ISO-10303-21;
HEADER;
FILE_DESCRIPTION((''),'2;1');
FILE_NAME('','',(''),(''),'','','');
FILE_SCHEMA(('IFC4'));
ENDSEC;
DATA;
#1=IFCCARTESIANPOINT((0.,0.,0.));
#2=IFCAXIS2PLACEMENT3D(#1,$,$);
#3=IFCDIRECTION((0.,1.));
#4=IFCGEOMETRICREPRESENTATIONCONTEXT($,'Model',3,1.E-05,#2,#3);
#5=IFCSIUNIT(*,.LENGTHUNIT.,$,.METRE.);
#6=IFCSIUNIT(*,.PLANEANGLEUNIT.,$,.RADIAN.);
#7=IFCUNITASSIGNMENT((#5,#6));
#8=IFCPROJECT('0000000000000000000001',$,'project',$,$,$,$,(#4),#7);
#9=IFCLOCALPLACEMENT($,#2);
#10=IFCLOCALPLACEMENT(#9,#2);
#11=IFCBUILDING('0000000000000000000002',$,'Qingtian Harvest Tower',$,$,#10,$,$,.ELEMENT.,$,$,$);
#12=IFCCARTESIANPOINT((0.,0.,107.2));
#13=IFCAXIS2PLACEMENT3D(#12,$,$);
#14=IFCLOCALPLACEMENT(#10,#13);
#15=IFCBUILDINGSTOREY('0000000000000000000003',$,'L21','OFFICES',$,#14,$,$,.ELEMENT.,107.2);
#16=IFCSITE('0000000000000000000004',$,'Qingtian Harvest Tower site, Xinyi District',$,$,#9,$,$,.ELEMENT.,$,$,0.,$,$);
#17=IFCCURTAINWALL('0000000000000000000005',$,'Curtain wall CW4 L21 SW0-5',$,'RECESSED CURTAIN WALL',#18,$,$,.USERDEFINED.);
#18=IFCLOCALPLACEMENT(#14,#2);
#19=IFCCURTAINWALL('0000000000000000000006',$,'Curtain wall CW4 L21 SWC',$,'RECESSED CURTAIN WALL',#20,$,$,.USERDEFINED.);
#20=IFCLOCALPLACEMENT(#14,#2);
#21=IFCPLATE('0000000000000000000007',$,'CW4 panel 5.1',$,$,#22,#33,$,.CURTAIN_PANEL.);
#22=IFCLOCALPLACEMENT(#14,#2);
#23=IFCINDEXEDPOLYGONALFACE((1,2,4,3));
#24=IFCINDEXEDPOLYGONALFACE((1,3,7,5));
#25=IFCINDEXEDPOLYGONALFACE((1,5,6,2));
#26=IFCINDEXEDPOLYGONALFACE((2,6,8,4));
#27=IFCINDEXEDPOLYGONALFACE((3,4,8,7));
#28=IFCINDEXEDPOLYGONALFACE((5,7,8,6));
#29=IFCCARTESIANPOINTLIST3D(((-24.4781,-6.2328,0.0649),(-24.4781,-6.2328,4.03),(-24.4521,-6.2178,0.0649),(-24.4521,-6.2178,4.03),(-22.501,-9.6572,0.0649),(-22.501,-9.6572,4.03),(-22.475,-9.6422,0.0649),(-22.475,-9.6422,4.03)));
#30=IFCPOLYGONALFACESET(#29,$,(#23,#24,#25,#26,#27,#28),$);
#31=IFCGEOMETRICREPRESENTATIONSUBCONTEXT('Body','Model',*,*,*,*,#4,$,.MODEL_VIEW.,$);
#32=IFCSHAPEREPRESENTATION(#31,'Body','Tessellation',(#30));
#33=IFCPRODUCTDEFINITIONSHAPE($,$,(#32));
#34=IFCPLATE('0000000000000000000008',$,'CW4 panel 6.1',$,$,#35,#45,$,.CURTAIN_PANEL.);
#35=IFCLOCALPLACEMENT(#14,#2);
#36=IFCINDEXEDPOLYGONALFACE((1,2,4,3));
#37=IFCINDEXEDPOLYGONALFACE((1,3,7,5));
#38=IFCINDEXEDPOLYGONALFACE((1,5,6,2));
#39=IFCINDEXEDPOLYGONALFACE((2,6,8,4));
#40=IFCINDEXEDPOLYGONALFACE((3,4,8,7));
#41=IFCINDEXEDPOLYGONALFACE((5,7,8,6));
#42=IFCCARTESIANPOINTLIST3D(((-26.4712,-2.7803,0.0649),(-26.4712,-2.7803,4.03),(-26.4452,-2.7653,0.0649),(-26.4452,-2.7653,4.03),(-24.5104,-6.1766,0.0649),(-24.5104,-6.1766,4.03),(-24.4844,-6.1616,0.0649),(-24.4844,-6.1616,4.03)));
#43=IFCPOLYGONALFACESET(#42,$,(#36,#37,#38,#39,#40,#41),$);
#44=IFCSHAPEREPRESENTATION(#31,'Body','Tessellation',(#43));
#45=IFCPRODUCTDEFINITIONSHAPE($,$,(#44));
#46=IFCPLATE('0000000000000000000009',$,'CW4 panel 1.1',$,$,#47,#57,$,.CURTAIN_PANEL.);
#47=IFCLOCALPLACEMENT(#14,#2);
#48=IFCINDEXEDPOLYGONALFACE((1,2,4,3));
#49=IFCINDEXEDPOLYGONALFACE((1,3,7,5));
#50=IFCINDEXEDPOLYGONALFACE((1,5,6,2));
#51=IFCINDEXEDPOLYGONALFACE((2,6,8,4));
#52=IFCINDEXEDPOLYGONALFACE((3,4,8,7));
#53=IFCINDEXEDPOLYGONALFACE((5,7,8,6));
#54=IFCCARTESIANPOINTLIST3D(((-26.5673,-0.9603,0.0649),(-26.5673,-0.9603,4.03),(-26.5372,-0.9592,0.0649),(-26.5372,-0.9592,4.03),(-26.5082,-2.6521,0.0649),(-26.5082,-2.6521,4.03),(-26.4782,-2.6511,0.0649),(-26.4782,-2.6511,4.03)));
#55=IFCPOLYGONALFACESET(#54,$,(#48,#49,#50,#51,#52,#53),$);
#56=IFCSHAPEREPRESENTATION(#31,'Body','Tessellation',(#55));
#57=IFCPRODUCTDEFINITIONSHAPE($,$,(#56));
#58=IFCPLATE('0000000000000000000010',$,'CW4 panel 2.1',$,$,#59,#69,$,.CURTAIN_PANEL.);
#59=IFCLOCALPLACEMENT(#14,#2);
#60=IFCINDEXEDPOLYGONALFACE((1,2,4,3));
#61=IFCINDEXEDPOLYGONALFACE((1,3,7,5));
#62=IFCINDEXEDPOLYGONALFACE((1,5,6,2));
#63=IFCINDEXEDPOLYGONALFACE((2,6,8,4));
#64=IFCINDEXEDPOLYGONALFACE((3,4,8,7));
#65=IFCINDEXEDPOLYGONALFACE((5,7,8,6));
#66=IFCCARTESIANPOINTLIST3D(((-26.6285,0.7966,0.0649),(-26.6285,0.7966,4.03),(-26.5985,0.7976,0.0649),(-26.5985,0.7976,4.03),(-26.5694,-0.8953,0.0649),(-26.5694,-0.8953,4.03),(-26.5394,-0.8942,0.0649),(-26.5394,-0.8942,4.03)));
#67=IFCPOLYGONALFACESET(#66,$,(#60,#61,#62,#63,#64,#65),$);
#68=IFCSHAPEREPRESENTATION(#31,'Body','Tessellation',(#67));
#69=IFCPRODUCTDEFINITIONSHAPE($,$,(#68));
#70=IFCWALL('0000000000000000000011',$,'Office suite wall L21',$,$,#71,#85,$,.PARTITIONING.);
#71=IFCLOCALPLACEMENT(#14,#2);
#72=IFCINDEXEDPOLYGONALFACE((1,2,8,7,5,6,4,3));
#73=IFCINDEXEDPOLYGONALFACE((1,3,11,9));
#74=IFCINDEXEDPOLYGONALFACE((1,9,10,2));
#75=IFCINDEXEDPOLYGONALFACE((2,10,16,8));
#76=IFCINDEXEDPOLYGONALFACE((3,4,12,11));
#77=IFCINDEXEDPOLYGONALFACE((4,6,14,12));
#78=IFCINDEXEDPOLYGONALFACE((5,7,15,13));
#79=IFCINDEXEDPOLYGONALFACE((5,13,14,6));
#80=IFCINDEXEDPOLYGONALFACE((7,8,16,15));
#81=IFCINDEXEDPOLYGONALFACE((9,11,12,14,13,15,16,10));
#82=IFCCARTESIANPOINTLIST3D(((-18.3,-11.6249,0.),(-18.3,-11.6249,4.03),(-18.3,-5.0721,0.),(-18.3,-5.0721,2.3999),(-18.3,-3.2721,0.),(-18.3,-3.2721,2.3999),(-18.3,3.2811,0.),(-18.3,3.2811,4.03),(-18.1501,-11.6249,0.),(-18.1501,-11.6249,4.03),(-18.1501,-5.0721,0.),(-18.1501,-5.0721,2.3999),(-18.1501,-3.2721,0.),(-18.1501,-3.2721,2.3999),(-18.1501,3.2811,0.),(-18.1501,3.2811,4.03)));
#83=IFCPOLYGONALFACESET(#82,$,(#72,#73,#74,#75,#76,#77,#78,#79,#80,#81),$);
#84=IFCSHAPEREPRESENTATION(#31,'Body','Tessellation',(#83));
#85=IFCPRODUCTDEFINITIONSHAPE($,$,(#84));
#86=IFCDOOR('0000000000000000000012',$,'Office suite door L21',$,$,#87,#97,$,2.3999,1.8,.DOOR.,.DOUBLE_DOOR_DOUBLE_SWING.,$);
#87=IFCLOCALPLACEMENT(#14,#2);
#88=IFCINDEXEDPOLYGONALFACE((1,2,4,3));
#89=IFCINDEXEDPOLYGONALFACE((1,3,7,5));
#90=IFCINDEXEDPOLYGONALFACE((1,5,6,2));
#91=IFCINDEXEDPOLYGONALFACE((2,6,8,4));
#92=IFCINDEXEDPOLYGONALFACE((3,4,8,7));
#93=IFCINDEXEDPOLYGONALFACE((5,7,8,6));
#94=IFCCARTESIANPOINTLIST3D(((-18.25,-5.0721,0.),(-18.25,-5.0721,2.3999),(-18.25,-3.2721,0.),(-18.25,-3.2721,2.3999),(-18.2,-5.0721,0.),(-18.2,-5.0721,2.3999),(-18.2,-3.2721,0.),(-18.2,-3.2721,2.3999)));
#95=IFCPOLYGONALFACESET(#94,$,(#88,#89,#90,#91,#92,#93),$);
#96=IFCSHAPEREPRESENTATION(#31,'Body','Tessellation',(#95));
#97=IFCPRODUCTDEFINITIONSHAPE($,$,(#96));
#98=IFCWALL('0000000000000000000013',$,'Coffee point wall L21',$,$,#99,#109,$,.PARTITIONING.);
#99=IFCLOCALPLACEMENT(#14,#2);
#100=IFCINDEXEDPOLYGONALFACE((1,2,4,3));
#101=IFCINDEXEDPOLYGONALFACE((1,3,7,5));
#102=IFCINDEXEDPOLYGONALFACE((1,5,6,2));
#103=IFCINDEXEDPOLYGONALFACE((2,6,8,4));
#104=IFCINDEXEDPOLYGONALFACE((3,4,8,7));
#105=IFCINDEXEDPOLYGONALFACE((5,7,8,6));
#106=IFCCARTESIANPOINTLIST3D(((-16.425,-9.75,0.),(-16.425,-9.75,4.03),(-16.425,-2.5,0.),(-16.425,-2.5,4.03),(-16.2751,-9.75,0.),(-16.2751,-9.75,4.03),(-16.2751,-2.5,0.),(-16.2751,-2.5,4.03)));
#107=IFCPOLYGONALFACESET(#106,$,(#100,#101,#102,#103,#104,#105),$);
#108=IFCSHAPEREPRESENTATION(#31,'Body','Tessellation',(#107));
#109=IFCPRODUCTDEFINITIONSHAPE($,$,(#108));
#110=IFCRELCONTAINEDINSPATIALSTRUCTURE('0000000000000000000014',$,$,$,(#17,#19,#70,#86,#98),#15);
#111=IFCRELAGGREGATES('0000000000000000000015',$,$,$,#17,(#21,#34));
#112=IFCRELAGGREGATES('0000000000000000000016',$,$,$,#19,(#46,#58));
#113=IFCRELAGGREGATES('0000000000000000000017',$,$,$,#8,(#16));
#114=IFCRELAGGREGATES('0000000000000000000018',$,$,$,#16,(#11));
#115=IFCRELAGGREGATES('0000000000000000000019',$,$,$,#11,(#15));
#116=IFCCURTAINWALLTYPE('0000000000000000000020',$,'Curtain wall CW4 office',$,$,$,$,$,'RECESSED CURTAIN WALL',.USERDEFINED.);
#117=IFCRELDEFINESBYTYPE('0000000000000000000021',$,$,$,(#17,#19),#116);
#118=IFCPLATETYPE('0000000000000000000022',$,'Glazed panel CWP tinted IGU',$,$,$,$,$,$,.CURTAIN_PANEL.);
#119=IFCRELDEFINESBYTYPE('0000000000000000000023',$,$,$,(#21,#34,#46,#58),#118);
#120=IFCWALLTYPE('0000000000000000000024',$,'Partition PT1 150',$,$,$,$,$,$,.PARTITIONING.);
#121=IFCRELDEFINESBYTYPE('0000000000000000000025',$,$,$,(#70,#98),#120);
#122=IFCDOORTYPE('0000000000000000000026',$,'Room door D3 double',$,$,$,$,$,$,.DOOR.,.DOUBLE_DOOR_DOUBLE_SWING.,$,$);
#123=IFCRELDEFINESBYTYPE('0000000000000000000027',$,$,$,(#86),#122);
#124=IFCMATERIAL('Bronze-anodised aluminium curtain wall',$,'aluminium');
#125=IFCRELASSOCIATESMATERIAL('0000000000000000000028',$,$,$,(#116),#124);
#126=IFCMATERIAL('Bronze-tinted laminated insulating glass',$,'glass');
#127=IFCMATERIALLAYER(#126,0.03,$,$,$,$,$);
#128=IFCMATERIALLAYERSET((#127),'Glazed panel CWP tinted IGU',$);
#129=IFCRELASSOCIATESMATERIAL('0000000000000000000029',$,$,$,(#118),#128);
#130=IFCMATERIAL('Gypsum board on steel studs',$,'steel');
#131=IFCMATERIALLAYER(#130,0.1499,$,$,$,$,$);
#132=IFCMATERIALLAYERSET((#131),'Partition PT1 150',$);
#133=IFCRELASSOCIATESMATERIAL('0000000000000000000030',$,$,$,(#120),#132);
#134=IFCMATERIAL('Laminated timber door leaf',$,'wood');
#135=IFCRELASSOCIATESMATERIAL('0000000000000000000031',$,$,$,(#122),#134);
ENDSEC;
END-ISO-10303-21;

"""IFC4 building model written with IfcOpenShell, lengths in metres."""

from ifc_helpers import new_model, si_unit, direction, frame, frame_2d, origin, origin_2d, place, context, subcontext, project, spatial, rectangle, extrude, material, layer, layer_set, type_object, element, fill, aggregate, save


model = new_model("IFC4")

# Units and contexts
model_context = context("Model", 3, precision=1e-05, world=origin(), true_north=direction((0.0, 1.0)))
body_context = subcontext(model_context, "Body", "Model", "MODEL_VIEW")
ifc_project = project(units=[si_unit("LENGTHUNIT", "METRE"), si_unit("PLANEANGLEUNIT", "RADIAN")], contexts=[model_context])

# Site, building, storey
site_placement = place(None, origin())
site = spatial("IfcSite", under=ifc_project, at=site_placement, Name="Qingtian Harvest Tower site, Xinyi District", CompositionType="ELEMENT", RefElevation=0.0)
building_placement = place(site_placement, origin())
building = spatial("IfcBuilding", under=site, at=building_placement, Name="Qingtian Harvest Tower", CompositionType="ELEMENT")
storey_placement = place(building_placement, frame((0.0, 0.0, 107.2)))
storey = spatial("IfcBuildingStorey", under=building, at=storey_placement, Name="L21", Description="OFFICES", CompositionType="ELEMENT", Elevation=107.2)

# Curtain walls
ifc_material_1 = material(Name="Bronze-anodised aluminium curtain wall", Category="aluminium")
curtain_wall_type = type_object("IfcCurtainWallType", Name="Curtain wall CW4 office", ElementType="RECESSED CURTAIN WALL", PredefinedType="USERDEFINED", material=ifc_material_1)
curtain_wall_1_placement = place(storey_placement, origin())
curtain_wall_1 = element("IfcCurtainWall", 1, at=curtain_wall_1_placement, inside=storey, type_object=curtain_wall_type, Name="Curtain wall CW4 L21 SW0-5", ObjectType="RECESSED CURTAIN WALL", PredefinedType="USERDEFINED")
curtain_wall_2_placement = place(storey_placement, origin())
curtain_wall_2 = element("IfcCurtainWall", 2, at=curtain_wall_2_placement, inside=storey, type_object=curtain_wall_type, Name="Curtain wall CW4 L21 SWC", ObjectType="RECESSED CURTAIN WALL", PredefinedType="USERDEFINED")

# Plates
ifc_material_2 = material(Name="Bronze-tinted laminated insulating glass", Category="glass")
ifc_layer_1 = layer(ifc_material_2, 0.03)
ifc_layer_set_1 = layer_set([ifc_layer_1], Name="Glazed panel CWP tinted IGU")
plate_type = type_object("IfcPlateType", Name="Glazed panel CWP tinted IGU", PredefinedType="CURTAIN_PANEL", material=ifc_layer_set_1)
plate_1_placement = place(storey_placement, frame((-23.4766, -7.9375, 0.0649), z_axis=(0.0, 0.0, 1.0), x_axis=(-0.5, 0.866025, 0.0)))
plate_1 = element("IfcPlate", 3, at=plate_1_placement, type_object=plate_type, Name="CW4 panel 5.1", PredefinedType="CURTAIN_PANEL", context=body_context, shape_type="SweptSolid", body=[
    extrude(rectangle(XDim=3.9541, YDim=0.03, at=origin_2d()), origin(), (0.0, 0.0, 1.0), 3.9651),
])
plate_2_placement = place(storey_placement, frame((-25.4778, -4.4709, 0.0649), z_axis=(0.0, 0.0, 1.0), x_axis=(-0.5, 0.866025, 0.0)))
plate_2 = element("IfcPlate", 4, at=plate_2_placement, type_object=plate_type, Name="CW4 panel 6.1", PredefinedType="CURTAIN_PANEL", context=body_context, shape_type="SweptSolid", body=[
    extrude(rectangle(XDim=3.9216, YDim=0.03, at=origin_2d()), origin(), (0.0, 0.0, 1.0), 3.9651),
])
aggregate(curtain_wall_1, [plate_1, plate_2])
plate_3_placement = place(storey_placement, frame((-26.5227, -1.8057, 0.0649), z_axis=(0.0, 0.0, 1.0), x_axis=(-0.034899, 0.999391, 0.0)))
plate_3 = element("IfcPlate", 5, at=plate_3_placement, type_object=plate_type, Name="CW4 panel 1.1", PredefinedType="CURTAIN_PANEL", context=body_context, shape_type="SweptSolid", body=[
    extrude(rectangle(XDim=1.6929, YDim=0.03, at=origin_2d()), origin(), (0.0, 0.0, 1.0), 3.9651),
])
plate_4_placement = place(storey_placement, frame((-26.584, -0.0488, 0.0649), z_axis=(0.0, 0.0, 1.0), x_axis=(-0.034899, 0.999391, 0.0)))
plate_4 = element("IfcPlate", 6, at=plate_4_placement, type_object=plate_type, Name="CW4 panel 2.1", PredefinedType="CURTAIN_PANEL", context=body_context, shape_type="SweptSolid", body=[
    extrude(rectangle(XDim=1.6929, YDim=0.03, at=origin_2d()), origin(), (0.0, 0.0, 1.0), 3.9651),
])
aggregate(curtain_wall_2, [plate_3, plate_4])

# Wall, opening, door
ifc_material_3 = material(Name="Gypsum board on steel studs", Category="steel")
ifc_layer_2 = layer(ifc_material_3, 0.1499)
ifc_layer_set_2 = layer_set([ifc_layer_2], Name="Partition PT1 150")
wall_type = type_object("IfcWallType", Name="Partition PT1 150", PredefinedType="PARTITIONING", material=ifc_layer_set_2)
wall_1_placement = place(storey_placement, frame((-18.2251, -11.625, 0.0), z_axis=(0.0, 0.0, 1.0), x_axis=(0.0, 1.0, 0.0)))
wall_1 = element("IfcWall", 7, at=wall_1_placement, inside=storey, type_object=wall_type, Name="Office suite wall L21", PredefinedType="PARTITIONING", context=body_context, shape_type="SweptSolid", body=[
    extrude(rectangle(XDim=14.906, YDim=0.1499, at=frame_2d((7.4531, 0.0))), origin(), (0.0, 0.0, 1.0), 4.03),
])
opening_placement = place(wall_1_placement, frame((6.553, 0.0, 0.0)))
opening = element("IfcOpeningElement", 8, at=opening_placement, cuts=wall_1, PredefinedType="OPENING", context=body_context, shape_type="SweptSolid", body=[
    extrude(rectangle(XDim=1.8, YDim=2.3999, at=frame_2d((0.8999, 1.2))), frame((0.0, 0.085, 0.0), z_axis=(0.0, -1.0, 0.0), x_axis=(1.0, 0.0, 0.0)), (0.0, 0.0, 1.0), 0.1699),
])
ifc_material_4 = material(Name="Laminated timber door leaf", Category="wood")
door_type = type_object("IfcDoorType", Name="Room door D3 double", OperationType="DOUBLE_DOOR_DOUBLE_SWING", PredefinedType="DOOR", material=ifc_material_4)
door_placement = place(opening_placement, origin())
door = element("IfcDoor", 9, at=door_placement, inside=storey, type_object=door_type, Name="Office suite door L21", OperationType="DOUBLE_DOOR_DOUBLE_SWING", OverallHeight=2.3999, OverallWidth=1.8, PredefinedType="DOOR", context=body_context, shape_type="SweptSolid", body=[
    extrude(rectangle(XDim=1.8, YDim=2.3999, at=frame_2d((0.8999, 1.2))), frame((0.0, 0.0249, 0.0), z_axis=(0.0, -1.0, 0.0), x_axis=(1.0, 0.0, 0.0)), (0.0, 0.0, 1.0), 0.05),
])
fill(opening, door)

# Wall
wall_2_placement = place(storey_placement, frame((-16.3501, -9.75, 0.0), z_axis=(0.0, 0.0, 1.0), x_axis=(0.0, 1.0, 0.0)))
element("IfcWall", 10, at=wall_2_placement, inside=storey, type_object=wall_type, Name="Coffee point wall L21", PredefinedType="PARTITIONING", context=body_context, shape_type="SweptSolid", body=[
    extrude(rectangle(XDim=7.25, YDim=0.1499, at=frame_2d((3.625, 0.0))), origin(), (0.0, 0.0, 1.0), 4.03),
])

save(model, "model.ifc")
